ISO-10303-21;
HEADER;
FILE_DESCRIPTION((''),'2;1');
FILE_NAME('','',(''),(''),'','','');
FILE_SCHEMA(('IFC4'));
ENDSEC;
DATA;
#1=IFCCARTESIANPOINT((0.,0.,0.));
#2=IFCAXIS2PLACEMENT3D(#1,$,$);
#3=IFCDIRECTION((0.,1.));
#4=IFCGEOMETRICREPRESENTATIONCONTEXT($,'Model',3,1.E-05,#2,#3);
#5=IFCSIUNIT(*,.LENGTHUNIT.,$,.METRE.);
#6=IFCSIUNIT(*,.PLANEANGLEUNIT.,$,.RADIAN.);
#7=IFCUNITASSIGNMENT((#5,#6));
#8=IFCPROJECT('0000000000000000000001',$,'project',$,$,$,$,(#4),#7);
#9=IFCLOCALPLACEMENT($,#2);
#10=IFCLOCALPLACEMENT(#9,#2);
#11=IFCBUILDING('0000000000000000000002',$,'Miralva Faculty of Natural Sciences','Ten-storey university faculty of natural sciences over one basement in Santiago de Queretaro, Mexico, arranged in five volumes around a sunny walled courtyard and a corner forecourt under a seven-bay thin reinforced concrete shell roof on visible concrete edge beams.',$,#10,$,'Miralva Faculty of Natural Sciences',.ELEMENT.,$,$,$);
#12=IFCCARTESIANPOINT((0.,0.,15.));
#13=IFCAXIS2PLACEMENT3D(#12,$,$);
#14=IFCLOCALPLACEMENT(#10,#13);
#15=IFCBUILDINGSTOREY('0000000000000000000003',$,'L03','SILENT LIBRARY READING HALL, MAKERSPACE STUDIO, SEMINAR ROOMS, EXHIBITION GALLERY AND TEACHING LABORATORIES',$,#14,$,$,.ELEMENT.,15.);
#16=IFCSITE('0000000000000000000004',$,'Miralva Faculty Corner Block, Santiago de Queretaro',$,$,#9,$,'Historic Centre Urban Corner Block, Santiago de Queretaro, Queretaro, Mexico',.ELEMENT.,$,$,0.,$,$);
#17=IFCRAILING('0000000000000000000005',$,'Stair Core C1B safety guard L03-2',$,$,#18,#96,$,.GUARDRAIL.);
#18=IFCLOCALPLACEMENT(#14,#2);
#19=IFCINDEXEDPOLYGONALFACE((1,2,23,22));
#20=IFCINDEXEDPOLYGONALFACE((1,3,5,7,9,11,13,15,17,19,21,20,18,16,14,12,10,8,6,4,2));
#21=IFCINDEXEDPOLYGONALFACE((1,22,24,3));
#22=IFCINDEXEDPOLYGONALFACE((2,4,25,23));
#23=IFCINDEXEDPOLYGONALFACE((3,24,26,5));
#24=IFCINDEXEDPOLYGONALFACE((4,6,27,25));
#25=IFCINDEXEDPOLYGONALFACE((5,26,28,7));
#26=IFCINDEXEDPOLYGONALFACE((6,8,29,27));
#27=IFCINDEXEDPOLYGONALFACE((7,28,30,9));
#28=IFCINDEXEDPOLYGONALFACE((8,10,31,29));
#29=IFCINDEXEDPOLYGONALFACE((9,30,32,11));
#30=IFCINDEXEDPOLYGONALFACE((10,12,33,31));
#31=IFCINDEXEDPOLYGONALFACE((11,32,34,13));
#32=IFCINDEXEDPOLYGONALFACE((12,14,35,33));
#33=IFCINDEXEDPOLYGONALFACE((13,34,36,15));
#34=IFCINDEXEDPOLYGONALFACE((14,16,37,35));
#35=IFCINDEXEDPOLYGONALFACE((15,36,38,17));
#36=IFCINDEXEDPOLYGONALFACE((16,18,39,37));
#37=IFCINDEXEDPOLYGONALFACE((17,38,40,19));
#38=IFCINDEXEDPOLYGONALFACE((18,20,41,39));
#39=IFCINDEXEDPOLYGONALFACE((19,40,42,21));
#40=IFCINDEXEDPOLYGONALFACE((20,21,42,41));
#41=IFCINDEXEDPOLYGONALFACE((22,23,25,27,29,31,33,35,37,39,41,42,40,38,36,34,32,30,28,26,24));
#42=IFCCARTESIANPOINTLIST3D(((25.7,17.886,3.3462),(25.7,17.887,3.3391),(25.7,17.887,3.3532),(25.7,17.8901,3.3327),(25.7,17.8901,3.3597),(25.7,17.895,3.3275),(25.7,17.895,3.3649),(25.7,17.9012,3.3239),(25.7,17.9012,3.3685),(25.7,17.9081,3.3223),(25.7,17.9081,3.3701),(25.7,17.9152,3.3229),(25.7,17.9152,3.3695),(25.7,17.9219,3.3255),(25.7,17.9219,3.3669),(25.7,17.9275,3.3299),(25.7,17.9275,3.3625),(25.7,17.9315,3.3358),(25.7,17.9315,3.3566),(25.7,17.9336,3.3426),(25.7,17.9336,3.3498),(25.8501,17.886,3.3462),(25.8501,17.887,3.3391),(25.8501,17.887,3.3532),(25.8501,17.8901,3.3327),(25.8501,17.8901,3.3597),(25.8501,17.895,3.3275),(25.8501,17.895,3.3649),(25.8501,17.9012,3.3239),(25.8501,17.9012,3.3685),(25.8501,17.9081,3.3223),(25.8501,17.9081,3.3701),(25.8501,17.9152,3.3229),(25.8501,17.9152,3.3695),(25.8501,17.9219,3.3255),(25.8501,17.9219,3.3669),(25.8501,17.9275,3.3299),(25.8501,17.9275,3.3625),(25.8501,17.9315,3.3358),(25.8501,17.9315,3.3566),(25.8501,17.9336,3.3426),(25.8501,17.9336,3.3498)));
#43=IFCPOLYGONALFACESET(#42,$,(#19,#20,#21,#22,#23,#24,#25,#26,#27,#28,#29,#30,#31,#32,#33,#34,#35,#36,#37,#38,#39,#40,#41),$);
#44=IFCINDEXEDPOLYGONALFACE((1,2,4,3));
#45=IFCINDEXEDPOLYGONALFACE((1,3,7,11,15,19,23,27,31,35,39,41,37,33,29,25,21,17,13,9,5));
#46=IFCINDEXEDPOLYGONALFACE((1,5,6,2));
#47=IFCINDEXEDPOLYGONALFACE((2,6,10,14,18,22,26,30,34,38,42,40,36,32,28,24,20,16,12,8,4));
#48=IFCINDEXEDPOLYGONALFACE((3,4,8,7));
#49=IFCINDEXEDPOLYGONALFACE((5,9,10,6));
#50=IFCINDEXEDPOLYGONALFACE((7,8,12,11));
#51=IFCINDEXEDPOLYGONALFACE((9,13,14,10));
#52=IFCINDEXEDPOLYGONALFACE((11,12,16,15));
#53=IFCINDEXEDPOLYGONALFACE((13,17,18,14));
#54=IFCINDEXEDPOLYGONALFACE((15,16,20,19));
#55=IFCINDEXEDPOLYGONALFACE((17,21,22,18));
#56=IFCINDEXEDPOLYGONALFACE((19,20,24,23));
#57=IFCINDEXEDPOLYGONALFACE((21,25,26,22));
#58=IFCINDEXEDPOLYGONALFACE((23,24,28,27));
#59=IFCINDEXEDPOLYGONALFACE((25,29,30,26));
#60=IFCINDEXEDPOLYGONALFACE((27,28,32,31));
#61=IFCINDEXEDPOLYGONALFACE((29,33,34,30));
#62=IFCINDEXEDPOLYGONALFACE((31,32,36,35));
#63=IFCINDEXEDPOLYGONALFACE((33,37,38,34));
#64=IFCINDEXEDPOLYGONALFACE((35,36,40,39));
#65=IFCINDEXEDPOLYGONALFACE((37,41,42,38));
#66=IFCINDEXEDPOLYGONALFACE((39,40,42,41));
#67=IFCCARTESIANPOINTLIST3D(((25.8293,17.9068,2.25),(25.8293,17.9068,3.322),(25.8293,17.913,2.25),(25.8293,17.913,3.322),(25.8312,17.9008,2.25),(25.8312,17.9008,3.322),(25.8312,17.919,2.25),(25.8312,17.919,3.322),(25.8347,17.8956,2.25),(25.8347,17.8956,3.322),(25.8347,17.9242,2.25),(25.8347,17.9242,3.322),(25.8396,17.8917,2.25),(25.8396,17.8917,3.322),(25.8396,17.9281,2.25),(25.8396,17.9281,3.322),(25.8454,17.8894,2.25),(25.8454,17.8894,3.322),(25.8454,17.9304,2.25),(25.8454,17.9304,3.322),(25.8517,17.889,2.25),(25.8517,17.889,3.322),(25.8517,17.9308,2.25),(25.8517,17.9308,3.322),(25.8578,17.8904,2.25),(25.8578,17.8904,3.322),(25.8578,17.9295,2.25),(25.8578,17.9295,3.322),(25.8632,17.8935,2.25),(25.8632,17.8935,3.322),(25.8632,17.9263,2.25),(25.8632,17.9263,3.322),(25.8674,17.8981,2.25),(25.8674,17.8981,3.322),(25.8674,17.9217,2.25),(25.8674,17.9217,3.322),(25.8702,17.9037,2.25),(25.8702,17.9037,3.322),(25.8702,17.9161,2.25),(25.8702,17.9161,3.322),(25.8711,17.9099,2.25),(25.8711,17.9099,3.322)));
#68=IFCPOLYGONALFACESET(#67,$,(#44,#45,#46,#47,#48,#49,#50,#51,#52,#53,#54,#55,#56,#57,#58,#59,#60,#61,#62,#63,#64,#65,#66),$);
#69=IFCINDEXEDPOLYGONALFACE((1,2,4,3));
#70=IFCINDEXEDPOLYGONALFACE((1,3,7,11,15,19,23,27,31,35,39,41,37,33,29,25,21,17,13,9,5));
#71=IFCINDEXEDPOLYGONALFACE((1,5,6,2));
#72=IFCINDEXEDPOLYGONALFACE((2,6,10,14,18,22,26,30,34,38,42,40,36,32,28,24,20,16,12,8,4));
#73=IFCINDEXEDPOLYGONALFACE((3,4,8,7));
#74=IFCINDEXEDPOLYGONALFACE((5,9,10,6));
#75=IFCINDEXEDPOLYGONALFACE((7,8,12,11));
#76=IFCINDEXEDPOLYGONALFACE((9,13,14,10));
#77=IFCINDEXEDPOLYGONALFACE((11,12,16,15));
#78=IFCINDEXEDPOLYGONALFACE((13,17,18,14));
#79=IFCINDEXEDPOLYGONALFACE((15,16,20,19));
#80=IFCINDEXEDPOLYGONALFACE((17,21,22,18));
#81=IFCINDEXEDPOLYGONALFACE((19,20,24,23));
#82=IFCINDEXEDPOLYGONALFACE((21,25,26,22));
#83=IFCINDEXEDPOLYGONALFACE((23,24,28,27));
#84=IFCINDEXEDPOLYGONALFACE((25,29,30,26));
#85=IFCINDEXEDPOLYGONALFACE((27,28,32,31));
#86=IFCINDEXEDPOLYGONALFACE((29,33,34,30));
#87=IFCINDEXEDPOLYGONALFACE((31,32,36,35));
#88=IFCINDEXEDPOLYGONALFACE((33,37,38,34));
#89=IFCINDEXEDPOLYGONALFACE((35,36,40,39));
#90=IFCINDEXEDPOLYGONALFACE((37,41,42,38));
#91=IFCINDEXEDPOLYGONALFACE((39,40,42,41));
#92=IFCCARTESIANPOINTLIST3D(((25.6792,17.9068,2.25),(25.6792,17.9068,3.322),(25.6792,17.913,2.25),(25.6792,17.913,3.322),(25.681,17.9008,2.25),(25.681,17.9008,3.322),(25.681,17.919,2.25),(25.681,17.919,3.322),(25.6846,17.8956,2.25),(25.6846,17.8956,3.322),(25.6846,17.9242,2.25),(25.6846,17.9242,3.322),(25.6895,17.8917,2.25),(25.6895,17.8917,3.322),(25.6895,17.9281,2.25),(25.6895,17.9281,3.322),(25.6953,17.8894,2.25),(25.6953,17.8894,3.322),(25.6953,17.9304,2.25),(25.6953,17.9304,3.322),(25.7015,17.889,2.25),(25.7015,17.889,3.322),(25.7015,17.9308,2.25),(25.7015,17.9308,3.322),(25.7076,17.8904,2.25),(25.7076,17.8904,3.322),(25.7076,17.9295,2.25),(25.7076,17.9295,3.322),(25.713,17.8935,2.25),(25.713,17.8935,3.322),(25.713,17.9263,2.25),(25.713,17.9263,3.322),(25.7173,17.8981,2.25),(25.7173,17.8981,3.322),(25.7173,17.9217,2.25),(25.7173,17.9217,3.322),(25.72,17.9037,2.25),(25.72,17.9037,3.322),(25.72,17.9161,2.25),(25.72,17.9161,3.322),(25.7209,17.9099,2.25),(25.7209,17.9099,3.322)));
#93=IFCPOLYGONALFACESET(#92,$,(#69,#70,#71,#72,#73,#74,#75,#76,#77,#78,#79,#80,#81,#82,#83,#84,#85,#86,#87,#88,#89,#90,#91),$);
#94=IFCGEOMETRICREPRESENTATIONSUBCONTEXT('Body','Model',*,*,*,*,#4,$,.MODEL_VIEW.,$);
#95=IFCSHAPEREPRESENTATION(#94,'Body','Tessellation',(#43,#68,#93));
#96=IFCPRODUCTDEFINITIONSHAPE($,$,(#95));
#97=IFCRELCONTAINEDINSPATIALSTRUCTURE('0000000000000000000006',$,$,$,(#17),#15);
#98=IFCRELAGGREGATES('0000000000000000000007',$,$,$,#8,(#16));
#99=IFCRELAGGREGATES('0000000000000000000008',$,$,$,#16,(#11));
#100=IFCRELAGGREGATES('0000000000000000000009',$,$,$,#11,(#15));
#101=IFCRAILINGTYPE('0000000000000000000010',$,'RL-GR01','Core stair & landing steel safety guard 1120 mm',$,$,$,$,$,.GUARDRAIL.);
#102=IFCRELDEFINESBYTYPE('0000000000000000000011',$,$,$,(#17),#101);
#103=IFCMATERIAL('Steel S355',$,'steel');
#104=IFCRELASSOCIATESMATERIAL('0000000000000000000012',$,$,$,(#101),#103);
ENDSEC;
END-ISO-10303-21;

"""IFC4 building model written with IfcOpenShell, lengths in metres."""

from ifc_helpers import new_model, si_unit, direction, frame, origin, origin_2d, place, context, subcontext, project, spatial, circle, extrude, material, type_object, element, save


model = new_model("IFC4")

# Units and contexts
model_context = context("Model", 3, precision=1e-05, world=origin(), true_north=direction((0.0, 1.0)))
body_context = subcontext(model_context, "Body", "Model", "MODEL_VIEW")
ifc_project = project(units=[si_unit("LENGTHUNIT", "METRE"), si_unit("PLANEANGLEUNIT", "RADIAN")], contexts=[model_context])

# Site, building, storey
site_placement = place(None, origin())
site = spatial("IfcSite", under=ifc_project, at=site_placement, Name="Miralva Faculty Corner Block, Santiago de Queretaro", LongName="Historic Centre Urban Corner Block, Santiago de Queretaro, Queretaro, Mexico", CompositionType="ELEMENT", RefElevation=0.0)
building_placement = place(site_placement, origin())
building = spatial("IfcBuilding", under=site, at=building_placement, Name="Miralva Faculty of Natural Sciences", Description="Ten-storey university faculty of natural sciences over one basement in Santiago de Queretaro, Mexico, arranged in five volumes around a sunny walled courtyard and a corner forecourt under a seven-bay thin reinforced concrete shell roof on visible concrete edge beams.", LongName="Miralva Faculty of Natural Sciences", CompositionType="ELEMENT")
storey_placement = place(building_placement, frame((0.0, 0.0, 15.0)))
storey = spatial("IfcBuildingStorey", under=building, at=storey_placement, Name="L03", Description="SILENT LIBRARY READING HALL, MAKERSPACE STUDIO, SEMINAR ROOMS, EXHIBITION GALLERY AND TEACHING LABORATORIES", CompositionType="ELEMENT", Elevation=15.0)

# Railing
ifc_material_1 = material(Name="Steel S355", Category="steel")
railing_type_1 = type_object("IfcRailingType", Name="RL-GR01", Description="Core stair & landing steel safety guard 1120 mm", PredefinedType="GUARDRAIL", material=ifc_material_1)
railing_1_placement = place(storey_placement, frame((25.8501, 17.9099, 2.25)))
element("IfcRailing", 1, at=railing_1_placement, inside=storey, type_object=railing_type_1, Name="Stair Core C1B safety guard L03-2", PredefinedType="GUARDRAIL", context=body_context, shape_type="SweptSolid", body=[
    extrude(circle(Radius=0.0239, at=origin_2d()), frame((0.0, 0.0, 1.0962), z_axis=(-1.0, 0.0, 0.0), x_axis=(0.0, -1.0, 0.0)), (0.0, 0.0, 1.0), 0.1501),
    extrude(circle(Radius=0.021, at=origin_2d()), origin(), (0.0, 0.0, 1.0), 1.072),
    extrude(circle(Radius=0.021, at=origin_2d()), frame((-0.1501, 0.0, 0.0)), (0.0, 0.0, 1.0), 1.072),
])

save(model, "model.ifc")
